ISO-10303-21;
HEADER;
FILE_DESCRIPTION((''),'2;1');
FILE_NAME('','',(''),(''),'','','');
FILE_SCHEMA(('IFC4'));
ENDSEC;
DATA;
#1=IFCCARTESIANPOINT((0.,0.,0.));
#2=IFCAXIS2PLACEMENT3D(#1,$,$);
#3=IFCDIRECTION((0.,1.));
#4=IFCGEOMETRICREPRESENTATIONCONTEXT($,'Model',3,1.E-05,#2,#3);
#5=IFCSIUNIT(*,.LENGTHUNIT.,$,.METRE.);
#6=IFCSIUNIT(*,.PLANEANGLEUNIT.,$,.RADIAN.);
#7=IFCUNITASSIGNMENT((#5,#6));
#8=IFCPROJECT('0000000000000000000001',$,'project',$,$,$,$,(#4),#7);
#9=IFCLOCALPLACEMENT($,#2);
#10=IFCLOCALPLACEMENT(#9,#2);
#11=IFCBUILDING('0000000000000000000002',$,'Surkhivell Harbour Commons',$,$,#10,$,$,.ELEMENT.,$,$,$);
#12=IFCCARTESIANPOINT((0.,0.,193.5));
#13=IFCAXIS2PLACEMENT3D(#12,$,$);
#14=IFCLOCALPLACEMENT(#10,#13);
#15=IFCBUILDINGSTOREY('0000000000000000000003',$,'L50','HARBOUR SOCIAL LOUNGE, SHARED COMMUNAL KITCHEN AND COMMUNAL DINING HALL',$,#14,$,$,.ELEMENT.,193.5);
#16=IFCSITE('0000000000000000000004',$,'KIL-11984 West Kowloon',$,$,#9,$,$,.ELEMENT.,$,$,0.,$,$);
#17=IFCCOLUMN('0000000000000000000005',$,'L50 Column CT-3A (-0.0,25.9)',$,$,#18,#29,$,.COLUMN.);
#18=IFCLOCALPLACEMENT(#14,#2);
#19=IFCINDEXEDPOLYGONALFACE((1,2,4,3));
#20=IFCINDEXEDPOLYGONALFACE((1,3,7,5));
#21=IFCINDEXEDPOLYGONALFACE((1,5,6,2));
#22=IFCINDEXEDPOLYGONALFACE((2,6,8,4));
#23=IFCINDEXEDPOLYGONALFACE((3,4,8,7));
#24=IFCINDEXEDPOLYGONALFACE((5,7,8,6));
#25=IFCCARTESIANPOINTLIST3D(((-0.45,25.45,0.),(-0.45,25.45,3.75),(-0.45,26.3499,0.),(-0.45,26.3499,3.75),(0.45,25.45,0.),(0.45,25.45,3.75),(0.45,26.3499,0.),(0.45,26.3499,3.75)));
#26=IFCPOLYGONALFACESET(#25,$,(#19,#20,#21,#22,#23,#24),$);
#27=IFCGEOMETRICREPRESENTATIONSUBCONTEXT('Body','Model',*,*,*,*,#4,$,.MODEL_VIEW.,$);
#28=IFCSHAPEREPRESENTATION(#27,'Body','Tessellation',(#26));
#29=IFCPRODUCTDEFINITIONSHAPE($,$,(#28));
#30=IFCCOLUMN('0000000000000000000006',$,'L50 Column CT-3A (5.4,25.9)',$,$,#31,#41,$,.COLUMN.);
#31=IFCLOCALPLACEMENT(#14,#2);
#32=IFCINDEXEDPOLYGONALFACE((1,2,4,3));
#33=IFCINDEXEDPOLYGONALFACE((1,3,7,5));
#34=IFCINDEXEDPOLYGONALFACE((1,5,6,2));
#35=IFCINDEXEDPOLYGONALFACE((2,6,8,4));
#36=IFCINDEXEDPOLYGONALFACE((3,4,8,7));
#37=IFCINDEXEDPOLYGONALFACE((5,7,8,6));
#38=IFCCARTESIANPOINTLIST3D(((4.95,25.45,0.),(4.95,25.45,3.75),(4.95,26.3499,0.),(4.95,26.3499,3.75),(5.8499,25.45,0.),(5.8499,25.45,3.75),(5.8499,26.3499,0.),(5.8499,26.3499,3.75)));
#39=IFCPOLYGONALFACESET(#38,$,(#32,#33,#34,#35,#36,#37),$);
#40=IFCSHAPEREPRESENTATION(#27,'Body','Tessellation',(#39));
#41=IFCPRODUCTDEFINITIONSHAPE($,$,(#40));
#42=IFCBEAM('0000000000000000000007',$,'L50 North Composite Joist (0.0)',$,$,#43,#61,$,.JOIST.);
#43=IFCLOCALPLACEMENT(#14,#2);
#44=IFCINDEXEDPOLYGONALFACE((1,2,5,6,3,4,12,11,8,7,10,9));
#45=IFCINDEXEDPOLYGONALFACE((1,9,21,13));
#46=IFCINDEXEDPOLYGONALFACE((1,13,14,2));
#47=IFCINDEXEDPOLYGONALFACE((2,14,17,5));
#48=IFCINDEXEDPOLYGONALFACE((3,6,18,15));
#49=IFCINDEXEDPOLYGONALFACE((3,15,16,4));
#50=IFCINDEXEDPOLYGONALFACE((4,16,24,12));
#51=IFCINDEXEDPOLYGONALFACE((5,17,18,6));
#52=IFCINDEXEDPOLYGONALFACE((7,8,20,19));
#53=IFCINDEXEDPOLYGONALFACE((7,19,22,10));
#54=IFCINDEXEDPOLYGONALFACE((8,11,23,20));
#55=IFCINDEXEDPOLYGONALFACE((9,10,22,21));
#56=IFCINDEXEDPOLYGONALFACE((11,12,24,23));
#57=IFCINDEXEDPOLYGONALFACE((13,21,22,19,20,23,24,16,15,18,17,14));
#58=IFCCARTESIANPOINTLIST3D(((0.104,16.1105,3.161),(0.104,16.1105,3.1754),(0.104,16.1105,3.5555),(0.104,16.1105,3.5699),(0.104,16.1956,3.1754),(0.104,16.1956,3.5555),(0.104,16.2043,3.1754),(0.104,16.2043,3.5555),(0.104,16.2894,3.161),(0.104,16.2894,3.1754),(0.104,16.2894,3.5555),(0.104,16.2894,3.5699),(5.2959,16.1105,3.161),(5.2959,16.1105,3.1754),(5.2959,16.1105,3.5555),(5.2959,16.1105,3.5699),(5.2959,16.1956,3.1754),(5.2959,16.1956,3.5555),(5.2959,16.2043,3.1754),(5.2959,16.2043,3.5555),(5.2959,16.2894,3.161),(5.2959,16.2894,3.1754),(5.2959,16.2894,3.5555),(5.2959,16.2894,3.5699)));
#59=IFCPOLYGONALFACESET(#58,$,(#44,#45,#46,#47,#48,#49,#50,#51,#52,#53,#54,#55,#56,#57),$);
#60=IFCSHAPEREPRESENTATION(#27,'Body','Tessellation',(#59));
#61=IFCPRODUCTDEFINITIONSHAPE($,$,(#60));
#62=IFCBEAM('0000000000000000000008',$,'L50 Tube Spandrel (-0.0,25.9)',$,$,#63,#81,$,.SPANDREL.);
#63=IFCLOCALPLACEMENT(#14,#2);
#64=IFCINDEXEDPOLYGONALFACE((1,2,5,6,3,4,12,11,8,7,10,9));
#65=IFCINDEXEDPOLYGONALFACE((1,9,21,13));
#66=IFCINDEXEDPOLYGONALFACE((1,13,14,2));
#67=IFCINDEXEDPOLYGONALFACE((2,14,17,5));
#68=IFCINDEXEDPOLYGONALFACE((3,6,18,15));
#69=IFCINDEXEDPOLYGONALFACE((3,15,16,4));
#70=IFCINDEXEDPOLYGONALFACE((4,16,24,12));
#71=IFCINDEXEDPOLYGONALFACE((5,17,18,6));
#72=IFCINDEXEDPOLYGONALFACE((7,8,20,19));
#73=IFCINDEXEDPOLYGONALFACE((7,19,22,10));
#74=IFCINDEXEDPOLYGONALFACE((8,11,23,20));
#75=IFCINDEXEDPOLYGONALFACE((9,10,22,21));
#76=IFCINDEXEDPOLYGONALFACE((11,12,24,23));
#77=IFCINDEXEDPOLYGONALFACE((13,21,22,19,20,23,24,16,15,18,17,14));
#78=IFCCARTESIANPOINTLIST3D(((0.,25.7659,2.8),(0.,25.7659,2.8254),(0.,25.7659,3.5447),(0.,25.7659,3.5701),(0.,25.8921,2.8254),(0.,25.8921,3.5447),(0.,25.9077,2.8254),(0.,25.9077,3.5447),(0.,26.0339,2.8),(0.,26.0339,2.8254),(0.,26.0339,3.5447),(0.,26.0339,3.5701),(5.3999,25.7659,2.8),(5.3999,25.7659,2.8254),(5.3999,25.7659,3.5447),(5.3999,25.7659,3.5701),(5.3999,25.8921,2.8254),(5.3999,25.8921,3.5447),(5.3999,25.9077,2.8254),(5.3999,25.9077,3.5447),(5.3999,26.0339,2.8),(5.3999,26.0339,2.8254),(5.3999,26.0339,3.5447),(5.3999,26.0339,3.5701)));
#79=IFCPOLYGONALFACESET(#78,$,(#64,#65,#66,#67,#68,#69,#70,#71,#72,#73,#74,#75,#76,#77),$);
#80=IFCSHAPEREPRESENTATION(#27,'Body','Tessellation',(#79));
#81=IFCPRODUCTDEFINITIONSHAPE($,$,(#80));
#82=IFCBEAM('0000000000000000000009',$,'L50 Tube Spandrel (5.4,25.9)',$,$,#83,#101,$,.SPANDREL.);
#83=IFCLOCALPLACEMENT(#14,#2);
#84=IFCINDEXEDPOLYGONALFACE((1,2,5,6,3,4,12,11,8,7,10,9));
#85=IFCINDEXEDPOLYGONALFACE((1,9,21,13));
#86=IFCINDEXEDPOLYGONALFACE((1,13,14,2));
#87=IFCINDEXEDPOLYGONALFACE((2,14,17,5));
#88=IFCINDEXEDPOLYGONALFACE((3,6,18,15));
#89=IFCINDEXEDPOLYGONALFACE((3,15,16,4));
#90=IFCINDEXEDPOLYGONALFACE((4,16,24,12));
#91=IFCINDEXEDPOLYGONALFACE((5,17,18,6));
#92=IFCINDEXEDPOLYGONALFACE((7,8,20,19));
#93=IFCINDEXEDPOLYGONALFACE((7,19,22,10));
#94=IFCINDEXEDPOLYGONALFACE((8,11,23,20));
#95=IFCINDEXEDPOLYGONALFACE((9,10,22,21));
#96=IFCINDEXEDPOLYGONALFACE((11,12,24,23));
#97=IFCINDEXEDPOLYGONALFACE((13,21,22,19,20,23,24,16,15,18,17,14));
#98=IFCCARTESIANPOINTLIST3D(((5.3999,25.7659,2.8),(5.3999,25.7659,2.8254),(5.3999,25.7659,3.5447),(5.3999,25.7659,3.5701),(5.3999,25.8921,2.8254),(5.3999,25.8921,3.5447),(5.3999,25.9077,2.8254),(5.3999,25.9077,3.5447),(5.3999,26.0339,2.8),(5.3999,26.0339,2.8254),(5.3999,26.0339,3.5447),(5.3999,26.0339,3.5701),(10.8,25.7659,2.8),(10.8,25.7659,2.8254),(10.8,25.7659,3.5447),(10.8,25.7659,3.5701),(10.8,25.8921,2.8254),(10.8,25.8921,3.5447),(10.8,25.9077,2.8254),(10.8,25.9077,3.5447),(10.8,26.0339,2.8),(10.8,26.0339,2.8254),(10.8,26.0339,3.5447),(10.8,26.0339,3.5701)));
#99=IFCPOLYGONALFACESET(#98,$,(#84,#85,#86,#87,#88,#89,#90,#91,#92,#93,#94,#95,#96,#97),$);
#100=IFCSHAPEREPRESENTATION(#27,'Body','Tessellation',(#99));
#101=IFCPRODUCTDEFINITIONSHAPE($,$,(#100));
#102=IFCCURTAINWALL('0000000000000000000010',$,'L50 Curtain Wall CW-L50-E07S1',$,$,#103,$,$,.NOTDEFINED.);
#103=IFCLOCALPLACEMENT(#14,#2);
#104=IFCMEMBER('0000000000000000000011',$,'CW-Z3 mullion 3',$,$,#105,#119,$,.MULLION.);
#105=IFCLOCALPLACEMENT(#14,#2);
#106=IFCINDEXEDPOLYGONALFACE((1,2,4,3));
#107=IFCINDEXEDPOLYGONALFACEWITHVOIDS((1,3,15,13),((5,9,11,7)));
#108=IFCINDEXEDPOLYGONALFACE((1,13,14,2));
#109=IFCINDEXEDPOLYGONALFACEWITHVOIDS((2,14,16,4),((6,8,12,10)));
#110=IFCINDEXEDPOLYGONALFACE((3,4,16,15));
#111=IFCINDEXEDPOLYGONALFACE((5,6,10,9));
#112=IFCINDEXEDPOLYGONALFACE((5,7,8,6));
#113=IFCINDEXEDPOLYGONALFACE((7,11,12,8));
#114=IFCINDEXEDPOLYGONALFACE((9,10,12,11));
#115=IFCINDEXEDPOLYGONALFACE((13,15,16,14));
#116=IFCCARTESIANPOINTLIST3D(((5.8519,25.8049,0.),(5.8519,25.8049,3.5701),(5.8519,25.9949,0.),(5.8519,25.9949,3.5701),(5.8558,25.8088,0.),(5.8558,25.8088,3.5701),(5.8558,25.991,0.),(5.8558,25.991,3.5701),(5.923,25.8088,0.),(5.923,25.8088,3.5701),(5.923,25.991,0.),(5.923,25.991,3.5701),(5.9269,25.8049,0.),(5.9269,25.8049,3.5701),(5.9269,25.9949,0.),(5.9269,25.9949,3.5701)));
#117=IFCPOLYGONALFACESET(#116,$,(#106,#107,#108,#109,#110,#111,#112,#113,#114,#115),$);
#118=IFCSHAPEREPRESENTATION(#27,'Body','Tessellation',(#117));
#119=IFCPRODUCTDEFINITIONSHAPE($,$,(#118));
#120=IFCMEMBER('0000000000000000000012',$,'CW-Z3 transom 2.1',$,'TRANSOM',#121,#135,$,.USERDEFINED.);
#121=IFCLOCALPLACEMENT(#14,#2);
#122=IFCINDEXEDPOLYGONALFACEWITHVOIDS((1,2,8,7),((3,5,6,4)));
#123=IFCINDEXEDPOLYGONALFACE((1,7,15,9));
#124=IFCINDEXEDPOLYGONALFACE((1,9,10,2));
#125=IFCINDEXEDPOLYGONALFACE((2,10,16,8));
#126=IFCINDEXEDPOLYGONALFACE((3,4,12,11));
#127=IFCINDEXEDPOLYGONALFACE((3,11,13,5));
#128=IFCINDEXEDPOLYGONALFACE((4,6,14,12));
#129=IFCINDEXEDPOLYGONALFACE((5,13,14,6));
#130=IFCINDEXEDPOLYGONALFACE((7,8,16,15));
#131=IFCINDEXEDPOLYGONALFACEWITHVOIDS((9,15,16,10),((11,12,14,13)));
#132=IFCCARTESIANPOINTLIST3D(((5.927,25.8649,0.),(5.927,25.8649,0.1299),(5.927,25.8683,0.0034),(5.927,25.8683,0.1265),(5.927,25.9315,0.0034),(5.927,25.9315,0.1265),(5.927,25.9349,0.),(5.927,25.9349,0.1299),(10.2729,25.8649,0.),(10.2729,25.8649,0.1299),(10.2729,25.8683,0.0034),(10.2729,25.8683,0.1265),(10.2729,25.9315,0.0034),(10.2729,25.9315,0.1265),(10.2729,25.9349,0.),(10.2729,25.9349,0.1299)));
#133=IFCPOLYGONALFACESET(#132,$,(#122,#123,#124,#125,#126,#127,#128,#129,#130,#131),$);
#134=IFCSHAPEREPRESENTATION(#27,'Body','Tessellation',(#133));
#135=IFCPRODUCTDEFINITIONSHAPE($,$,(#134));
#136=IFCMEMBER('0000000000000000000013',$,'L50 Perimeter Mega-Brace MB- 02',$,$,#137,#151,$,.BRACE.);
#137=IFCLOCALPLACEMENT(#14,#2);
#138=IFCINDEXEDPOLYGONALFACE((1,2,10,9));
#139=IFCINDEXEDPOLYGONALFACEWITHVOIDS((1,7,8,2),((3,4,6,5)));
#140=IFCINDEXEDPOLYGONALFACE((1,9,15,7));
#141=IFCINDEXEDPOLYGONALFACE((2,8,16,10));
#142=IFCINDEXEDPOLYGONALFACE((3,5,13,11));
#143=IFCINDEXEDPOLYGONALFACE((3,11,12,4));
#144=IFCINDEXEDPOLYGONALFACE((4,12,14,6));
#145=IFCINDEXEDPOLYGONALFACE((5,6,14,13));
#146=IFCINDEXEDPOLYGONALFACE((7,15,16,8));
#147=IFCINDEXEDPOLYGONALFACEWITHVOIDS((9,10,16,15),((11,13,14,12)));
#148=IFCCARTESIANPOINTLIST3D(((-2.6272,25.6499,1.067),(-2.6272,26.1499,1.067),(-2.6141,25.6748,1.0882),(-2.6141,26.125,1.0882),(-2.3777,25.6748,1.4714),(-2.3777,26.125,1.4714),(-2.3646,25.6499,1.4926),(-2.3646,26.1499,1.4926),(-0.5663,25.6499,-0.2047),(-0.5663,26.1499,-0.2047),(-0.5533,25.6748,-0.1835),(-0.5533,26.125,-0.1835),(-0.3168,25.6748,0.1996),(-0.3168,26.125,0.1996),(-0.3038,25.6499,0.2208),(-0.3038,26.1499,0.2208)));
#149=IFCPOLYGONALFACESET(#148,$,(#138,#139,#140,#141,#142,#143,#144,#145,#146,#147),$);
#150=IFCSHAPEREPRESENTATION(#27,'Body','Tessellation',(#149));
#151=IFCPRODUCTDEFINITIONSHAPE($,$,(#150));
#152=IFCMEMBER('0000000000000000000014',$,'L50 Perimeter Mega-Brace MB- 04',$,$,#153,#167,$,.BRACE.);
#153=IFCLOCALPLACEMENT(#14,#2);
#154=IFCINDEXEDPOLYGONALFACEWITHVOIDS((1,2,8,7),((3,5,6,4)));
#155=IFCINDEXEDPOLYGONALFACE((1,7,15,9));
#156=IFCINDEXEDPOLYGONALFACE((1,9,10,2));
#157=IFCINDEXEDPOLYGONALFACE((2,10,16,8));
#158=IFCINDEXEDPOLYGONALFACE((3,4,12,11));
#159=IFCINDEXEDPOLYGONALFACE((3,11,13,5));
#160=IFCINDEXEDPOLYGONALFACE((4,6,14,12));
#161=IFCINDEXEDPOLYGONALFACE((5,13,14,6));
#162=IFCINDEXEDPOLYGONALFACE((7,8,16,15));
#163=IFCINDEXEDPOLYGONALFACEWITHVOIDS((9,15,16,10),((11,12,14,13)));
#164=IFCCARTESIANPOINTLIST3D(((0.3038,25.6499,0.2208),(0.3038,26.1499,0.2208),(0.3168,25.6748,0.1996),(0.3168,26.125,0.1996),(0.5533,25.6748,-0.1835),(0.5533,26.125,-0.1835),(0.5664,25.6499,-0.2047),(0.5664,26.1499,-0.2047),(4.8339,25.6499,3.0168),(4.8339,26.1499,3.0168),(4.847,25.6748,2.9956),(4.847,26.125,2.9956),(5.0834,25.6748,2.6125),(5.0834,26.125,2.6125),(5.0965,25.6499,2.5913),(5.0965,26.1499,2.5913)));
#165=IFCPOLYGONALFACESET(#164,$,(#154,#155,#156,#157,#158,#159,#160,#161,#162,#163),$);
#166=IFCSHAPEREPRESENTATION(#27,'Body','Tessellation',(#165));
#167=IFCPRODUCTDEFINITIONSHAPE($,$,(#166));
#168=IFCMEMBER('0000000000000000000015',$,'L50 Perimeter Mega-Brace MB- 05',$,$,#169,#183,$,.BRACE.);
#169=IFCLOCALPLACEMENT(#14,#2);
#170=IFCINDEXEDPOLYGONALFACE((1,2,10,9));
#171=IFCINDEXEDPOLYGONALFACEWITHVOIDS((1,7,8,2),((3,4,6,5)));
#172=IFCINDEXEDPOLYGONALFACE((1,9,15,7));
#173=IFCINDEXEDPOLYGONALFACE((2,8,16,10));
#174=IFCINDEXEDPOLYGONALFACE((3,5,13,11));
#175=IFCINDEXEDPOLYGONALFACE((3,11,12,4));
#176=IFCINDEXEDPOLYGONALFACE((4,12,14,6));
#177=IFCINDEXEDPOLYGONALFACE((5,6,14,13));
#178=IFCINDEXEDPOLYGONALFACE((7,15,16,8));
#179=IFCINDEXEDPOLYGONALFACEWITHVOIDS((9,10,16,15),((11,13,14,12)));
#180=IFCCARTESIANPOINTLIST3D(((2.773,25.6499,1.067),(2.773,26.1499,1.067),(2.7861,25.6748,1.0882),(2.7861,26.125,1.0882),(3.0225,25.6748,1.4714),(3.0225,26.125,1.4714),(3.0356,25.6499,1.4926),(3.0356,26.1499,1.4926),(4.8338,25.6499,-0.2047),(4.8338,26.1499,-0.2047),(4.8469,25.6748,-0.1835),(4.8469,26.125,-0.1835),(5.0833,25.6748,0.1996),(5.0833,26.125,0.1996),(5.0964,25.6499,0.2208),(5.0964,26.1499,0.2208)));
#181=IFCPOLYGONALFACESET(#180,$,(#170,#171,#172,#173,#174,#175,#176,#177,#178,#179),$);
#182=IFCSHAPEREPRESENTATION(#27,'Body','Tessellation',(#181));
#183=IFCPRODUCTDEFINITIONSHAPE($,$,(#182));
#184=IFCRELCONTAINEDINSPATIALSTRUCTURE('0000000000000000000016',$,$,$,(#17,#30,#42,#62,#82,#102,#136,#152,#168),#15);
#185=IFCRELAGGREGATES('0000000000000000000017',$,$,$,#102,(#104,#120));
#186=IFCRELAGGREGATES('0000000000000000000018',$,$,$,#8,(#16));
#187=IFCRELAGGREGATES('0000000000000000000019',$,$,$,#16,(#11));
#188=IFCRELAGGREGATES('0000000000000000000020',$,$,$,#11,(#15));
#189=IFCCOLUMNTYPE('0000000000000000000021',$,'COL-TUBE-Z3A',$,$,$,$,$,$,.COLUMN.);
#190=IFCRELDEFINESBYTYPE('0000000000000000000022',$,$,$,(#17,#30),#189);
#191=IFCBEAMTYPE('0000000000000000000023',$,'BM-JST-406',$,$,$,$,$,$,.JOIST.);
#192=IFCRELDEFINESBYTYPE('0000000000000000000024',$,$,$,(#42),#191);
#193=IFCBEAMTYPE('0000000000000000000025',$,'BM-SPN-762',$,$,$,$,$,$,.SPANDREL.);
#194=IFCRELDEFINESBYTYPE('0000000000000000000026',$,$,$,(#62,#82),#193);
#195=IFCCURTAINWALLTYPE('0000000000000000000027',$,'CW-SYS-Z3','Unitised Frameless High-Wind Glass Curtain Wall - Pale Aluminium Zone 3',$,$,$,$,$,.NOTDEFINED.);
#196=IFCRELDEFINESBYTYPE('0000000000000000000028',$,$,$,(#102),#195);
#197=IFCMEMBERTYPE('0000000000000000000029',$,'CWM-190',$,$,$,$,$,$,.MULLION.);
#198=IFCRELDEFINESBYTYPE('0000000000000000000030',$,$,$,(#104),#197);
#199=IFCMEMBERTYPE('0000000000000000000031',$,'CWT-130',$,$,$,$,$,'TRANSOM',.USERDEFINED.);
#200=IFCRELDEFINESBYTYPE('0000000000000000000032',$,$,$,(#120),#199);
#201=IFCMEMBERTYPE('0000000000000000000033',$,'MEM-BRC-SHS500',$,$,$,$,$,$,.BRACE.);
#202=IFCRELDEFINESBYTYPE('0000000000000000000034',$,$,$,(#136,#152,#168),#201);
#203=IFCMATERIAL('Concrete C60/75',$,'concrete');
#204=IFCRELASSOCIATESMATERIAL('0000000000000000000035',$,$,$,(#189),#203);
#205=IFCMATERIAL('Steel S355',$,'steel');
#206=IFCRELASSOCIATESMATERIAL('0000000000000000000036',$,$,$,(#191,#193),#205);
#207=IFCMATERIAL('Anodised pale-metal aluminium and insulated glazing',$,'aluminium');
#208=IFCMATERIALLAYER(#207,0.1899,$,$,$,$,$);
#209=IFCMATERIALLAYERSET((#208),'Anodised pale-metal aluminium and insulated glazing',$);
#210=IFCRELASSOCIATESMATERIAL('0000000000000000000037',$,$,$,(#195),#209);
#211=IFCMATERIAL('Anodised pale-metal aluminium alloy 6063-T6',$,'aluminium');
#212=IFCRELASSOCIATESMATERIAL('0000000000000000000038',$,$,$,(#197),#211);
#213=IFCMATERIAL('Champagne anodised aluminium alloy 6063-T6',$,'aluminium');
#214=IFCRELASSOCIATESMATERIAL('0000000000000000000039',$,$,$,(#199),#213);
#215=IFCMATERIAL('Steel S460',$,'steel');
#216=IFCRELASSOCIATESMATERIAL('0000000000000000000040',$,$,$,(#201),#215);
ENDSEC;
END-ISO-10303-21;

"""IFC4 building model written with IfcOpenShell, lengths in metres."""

from ifc_helpers import new_model, si_unit, direction, frame, origin, origin_2d, place, context, subcontext, project, spatial, rectangle, hollow_rectangle, i_section, extrude, material, layer, layer_set, material_profile, profile_set, type_object, element, aggregate, save


model = new_model("IFC4")

# Units and contexts
model_context = context("Model", 3, precision=1e-05, world=origin(), true_north=direction((0.0, 1.0)))
body_context = subcontext(model_context, "Body", "Model", "MODEL_VIEW")
ifc_project = project(units=[si_unit("LENGTHUNIT", "METRE"), si_unit("PLANEANGLEUNIT", "RADIAN")], contexts=[model_context])

# Site, building, storey
site_placement = place(None, origin())
site = spatial("IfcSite", under=ifc_project, at=site_placement, Name="KIL-11984 West Kowloon", CompositionType="ELEMENT", RefElevation=0.0)
building_placement = place(site_placement, origin())
building = spatial("IfcBuilding", under=site, at=building_placement, Name="Surkhivell Harbour Commons", CompositionType="ELEMENT")
storey_placement = place(building_placement, frame((0.0, 0.0, 193.5)))
storey = spatial("IfcBuildingStorey", under=building, at=storey_placement, Name="L50", Description="HARBOUR SOCIAL LOUNGE, SHARED COMMUNAL KITCHEN AND COMMUNAL DINING HALL", CompositionType="ELEMENT", Elevation=193.5)

# Columns
ifc_material_1 = material(Name="Concrete C60/75", Category="concrete")
ifc_material_profile_1 = material_profile(ifc_material_1, rectangle(XDim=0.8999, YDim=0.8999, at=origin_2d()), Name="RC-COL-900x900")
ifc_profile_set_1 = profile_set([ifc_material_profile_1], Name="Concrete C60/75")
column_type = type_object("IfcColumnType", Name="COL-TUBE-Z3A", PredefinedType="COLUMN", material=ifc_profile_set_1)
for number, where, z_axis, x_axis, name in (
    (1, (0.0, 25.8999, 0.0), (0.0, 0.0, 1.0), (1.0, 0.0, 0.0), "L50 Column CT-3A (-0.0,25.9)"),
    (2, (5.3999, 25.8999, 0.0), (0.0, 0.0, 1.0), (1.0, 0.0, 0.0), "L50 Column CT-3A (5.4,25.9)"),
):
    element("IfcColumn", number, at=place(storey_placement, frame(where, z_axis=z_axis, x_axis=x_axis)), inside=storey, type_object=column_type, Name=name, PredefinedType="COLUMN", context=body_context, shape_type="SweptSolid", body=[
        extrude(rectangle(XDim=0.8999, YDim=0.8999, at=origin_2d()), origin(), (0.0, 0.0, 1.0), 3.75),
    ])

# Beams
ifc_material_2 = material(Name="Steel S355", Category="steel")
ifc_material_profile_2 = material_profile(ifc_material_2, i_section(OverallWidth=0.179, OverallDepth=0.4089, WebThickness=0.0088, FlangeThickness=0.0144, at=origin_2d()), Name="UB406x178x67")
ifc_profile_set_2 = profile_set([ifc_material_profile_2], Name="Steel S355")
beam_type_1 = type_object("IfcBeamType", Name="BM-JST-406", PredefinedType="JOIST", material=ifc_profile_set_2)
beam_1_placement = place(storey_placement, frame((0.104, 16.2, 3.3655), z_axis=(1.0, 0.0, 0.0), x_axis=(0.0, 1.0, 0.0)))
element("IfcBeam", 3, at=beam_1_placement, inside=storey, type_object=beam_type_1, Name="L50 North Composite Joist (0.0)", PredefinedType="JOIST", context=body_context, shape_type="SweptSolid", body=[
    extrude(i_section(OverallWidth=0.179, OverallDepth=0.4089, WebThickness=0.0088, FlangeThickness=0.0144, at=origin_2d()), origin(), (0.0, 0.0, 1.0), 5.1919),
])
ifc_material_profile_3 = material_profile(ifc_material_2, i_section(OverallWidth=0.2681, OverallDepth=0.77, WebThickness=0.0156, FlangeThickness=0.0254, at=origin_2d()), Name="UB762x267x197")
ifc_profile_set_3 = profile_set([ifc_material_profile_3], Name="Steel S355")
beam_type_2 = type_object("IfcBeamType", Name="BM-SPN-762", PredefinedType="SPANDREL", material=ifc_profile_set_3)
beam_2_placement = place(storey_placement, frame((0.0, 25.8999, 3.1851), z_axis=(1.0, 0.0, 0.0), x_axis=(0.0, 1.0, 0.0)))
element("IfcBeam", 4, at=beam_2_placement, inside=storey, type_object=beam_type_2, Name="L50 Tube Spandrel (-0.0,25.9)", PredefinedType="SPANDREL", context=body_context, shape_type="SweptSolid", body=[
    extrude(i_section(OverallWidth=0.2681, OverallDepth=0.77, WebThickness=0.0156, FlangeThickness=0.0254, at=origin_2d()), origin(), (0.0, 0.0, 1.0), 5.3999),
])
beam_3_placement = place(storey_placement, frame((5.3999, 25.8999, 3.1851), z_axis=(1.0, 0.0, 0.0), x_axis=(0.0, 1.0, 0.0)))
element("IfcBeam", 5, at=beam_3_placement, inside=storey, type_object=beam_type_2, Name="L50 Tube Spandrel (5.4,25.9)", PredefinedType="SPANDREL", context=body_context, shape_type="SweptSolid", body=[
    extrude(i_section(OverallWidth=0.2681, OverallDepth=0.77, WebThickness=0.0156, FlangeThickness=0.0254, at=origin_2d()), origin(), (0.0, 0.0, 1.0), 5.4001),
])

# Curtain wall, members
ifc_material_3 = material(Name="Anodised pale-metal aluminium and insulated glazing", Category="aluminium")
ifc_layer_1 = layer(ifc_material_3, 0.1899)
ifc_layer_set_1 = layer_set([ifc_layer_1], Name="Anodised pale-metal aluminium and insulated glazing")
curtain_wall_type = type_object("IfcCurtainWallType", Name="CW-SYS-Z3", Description="Unitised Frameless High-Wind Glass Curtain Wall - Pale Aluminium Zone 3", PredefinedType="NOTDEFINED", material=ifc_layer_set_1)
curtain_wall_placement = place(storey_placement, origin())
curtain_wall = element("IfcCurtainWall", 6, at=curtain_wall_placement, inside=storey, type_object=curtain_wall_type, Name="L50 Curtain Wall CW-L50-E07S1", PredefinedType="NOTDEFINED")
ifc_material_4 = material(Name="Anodised pale-metal aluminium alloy 6063-T6", Category="aluminium")
ifc_material_profile_4 = material_profile(ifc_material_4, hollow_rectangle(XDim=0.075, YDim=0.1899, WallThickness=0.0039, at=origin_2d()), Name="ALU-MULL-75x190")
ifc_profile_set_4 = profile_set([ifc_material_profile_4], Name="Anodised pale-metal aluminium alloy 6063-T6")
member_type_1 = type_object("IfcMemberType", Name="CWM-190", PredefinedType="MULLION", material=ifc_profile_set_4)
member_1_placement = place(storey_placement, frame((5.8894, 25.8999, 0.0), z_axis=(0.0, 0.0, 1.0), x_axis=(-1.0, 0.0, 0.0)))
member_1 = element("IfcMember", 7, at=member_1_placement, type_object=member_type_1, Name="CW-Z3 mullion 3", PredefinedType="MULLION", context=body_context, shape_type="SweptSolid", body=[
    extrude(hollow_rectangle(XDim=0.075, YDim=0.1899, WallThickness=0.0039, at=origin_2d()), origin(), (0.0, 0.0, 1.0), 3.5701),
])
ifc_material_5 = material(Name="Champagne anodised aluminium alloy 6063-T6", Category="aluminium")
ifc_material_profile_5 = material_profile(ifc_material_5, hollow_rectangle(XDim=0.0701, YDim=0.1299, WallThickness=0.0034, at=origin_2d()), Name="ALU-TRAN-70x130")
ifc_profile_set_5 = profile_set([ifc_material_profile_5], Name="Champagne anodised aluminium alloy 6063-T6")
member_type_2 = type_object("IfcMemberType", Name="CWT-130", ElementType="TRANSOM", PredefinedType="USERDEFINED", material=ifc_profile_set_5)
member_2_placement = place(storey_placement, frame((10.2729, 25.8999, 0.0649), z_axis=(-1.0, 0.0, 0.0), x_axis=(0.0, -1.0, 0.0)))
member_2 = element("IfcMember", 8, at=member_2_placement, type_object=member_type_2, Name="CW-Z3 transom 2.1", ObjectType="TRANSOM", PredefinedType="USERDEFINED", context=body_context, shape_type="SweptSolid", body=[
    extrude(hollow_rectangle(XDim=0.0701, YDim=0.1299, WallThickness=0.0034, at=origin_2d()), origin(), (0.0, 0.0, 1.0), 4.3459),
])

# Members
ifc_material_6 = material(Name="Steel S460", Category="steel")
ifc_material_profile_6 = material_profile(ifc_material_6, hollow_rectangle(XDim=0.5, YDim=0.5, WallThickness=0.0249, at=origin_2d()), Name="SHS500x500x25")
ifc_profile_set_6 = profile_set([ifc_material_profile_6], Name="Steel S460")
member_type_3 = type_object("IfcMemberType", Name="MEM-BRC-SHS500", PredefinedType="BRACE", material=ifc_profile_set_6)
member_3_placement = place(storey_placement, frame((-0.4351, 25.8999, 0.0081), z_axis=(-0.851003, 0.0, 0.52516), x_axis=(0.0, -1.0, 0.0)))
element("IfcMember", 9, at=member_3_placement, inside=storey, type_object=member_type_3, Name="L50 Perimeter Mega-Brace MB- 02", PredefinedType="BRACE", context=body_context, shape_type="SweptSolid", body=[
    extrude(hollow_rectangle(XDim=0.5, YDim=0.5, WallThickness=0.0249, at=origin_2d()), origin(), (0.0, 0.0, 1.0), 2.4216),
])
member_4_placement = place(storey_placement, frame((0.4351, 25.8999, 0.0081), z_axis=(0.850971, 0.0, 0.525213), x_axis=(0.0, 1.0, 0.0)))
element("IfcMember", 10, at=member_4_placement, inside=storey, type_object=member_type_3, Name="L50 Perimeter Mega-Brace MB- 04", PredefinedType="BRACE", context=body_context, shape_type="SweptSolid", body=[
    extrude(hollow_rectangle(XDim=0.5, YDim=0.5, WallThickness=0.0249, at=origin_2d()), origin(), (0.0, 0.0, 1.0), 5.3235),
])
for number, where, z_axis, x_axis, name in (
    (11, (4.9651, 25.8999, 0.0081), (-0.851003, 0.0, 0.52516), (0.0, -1.0, 0.0), "L50 Perimeter Mega-Brace MB- 05"),
):
    element("IfcMember", number, at=place(storey_placement, frame(where, z_axis=z_axis, x_axis=x_axis)), inside=storey, type_object=member_type_3, Name=name, PredefinedType="BRACE", context=body_context, shape_type="SweptSolid", body=[
        extrude(hollow_rectangle(XDim=0.5, YDim=0.5, WallThickness=0.0249, at=origin_2d()), origin(), (0.0, 0.0, 1.0), 2.4216),
    ])

aggregate(curtain_wall, [member_1, member_2])

save(model, "model.ifc")
